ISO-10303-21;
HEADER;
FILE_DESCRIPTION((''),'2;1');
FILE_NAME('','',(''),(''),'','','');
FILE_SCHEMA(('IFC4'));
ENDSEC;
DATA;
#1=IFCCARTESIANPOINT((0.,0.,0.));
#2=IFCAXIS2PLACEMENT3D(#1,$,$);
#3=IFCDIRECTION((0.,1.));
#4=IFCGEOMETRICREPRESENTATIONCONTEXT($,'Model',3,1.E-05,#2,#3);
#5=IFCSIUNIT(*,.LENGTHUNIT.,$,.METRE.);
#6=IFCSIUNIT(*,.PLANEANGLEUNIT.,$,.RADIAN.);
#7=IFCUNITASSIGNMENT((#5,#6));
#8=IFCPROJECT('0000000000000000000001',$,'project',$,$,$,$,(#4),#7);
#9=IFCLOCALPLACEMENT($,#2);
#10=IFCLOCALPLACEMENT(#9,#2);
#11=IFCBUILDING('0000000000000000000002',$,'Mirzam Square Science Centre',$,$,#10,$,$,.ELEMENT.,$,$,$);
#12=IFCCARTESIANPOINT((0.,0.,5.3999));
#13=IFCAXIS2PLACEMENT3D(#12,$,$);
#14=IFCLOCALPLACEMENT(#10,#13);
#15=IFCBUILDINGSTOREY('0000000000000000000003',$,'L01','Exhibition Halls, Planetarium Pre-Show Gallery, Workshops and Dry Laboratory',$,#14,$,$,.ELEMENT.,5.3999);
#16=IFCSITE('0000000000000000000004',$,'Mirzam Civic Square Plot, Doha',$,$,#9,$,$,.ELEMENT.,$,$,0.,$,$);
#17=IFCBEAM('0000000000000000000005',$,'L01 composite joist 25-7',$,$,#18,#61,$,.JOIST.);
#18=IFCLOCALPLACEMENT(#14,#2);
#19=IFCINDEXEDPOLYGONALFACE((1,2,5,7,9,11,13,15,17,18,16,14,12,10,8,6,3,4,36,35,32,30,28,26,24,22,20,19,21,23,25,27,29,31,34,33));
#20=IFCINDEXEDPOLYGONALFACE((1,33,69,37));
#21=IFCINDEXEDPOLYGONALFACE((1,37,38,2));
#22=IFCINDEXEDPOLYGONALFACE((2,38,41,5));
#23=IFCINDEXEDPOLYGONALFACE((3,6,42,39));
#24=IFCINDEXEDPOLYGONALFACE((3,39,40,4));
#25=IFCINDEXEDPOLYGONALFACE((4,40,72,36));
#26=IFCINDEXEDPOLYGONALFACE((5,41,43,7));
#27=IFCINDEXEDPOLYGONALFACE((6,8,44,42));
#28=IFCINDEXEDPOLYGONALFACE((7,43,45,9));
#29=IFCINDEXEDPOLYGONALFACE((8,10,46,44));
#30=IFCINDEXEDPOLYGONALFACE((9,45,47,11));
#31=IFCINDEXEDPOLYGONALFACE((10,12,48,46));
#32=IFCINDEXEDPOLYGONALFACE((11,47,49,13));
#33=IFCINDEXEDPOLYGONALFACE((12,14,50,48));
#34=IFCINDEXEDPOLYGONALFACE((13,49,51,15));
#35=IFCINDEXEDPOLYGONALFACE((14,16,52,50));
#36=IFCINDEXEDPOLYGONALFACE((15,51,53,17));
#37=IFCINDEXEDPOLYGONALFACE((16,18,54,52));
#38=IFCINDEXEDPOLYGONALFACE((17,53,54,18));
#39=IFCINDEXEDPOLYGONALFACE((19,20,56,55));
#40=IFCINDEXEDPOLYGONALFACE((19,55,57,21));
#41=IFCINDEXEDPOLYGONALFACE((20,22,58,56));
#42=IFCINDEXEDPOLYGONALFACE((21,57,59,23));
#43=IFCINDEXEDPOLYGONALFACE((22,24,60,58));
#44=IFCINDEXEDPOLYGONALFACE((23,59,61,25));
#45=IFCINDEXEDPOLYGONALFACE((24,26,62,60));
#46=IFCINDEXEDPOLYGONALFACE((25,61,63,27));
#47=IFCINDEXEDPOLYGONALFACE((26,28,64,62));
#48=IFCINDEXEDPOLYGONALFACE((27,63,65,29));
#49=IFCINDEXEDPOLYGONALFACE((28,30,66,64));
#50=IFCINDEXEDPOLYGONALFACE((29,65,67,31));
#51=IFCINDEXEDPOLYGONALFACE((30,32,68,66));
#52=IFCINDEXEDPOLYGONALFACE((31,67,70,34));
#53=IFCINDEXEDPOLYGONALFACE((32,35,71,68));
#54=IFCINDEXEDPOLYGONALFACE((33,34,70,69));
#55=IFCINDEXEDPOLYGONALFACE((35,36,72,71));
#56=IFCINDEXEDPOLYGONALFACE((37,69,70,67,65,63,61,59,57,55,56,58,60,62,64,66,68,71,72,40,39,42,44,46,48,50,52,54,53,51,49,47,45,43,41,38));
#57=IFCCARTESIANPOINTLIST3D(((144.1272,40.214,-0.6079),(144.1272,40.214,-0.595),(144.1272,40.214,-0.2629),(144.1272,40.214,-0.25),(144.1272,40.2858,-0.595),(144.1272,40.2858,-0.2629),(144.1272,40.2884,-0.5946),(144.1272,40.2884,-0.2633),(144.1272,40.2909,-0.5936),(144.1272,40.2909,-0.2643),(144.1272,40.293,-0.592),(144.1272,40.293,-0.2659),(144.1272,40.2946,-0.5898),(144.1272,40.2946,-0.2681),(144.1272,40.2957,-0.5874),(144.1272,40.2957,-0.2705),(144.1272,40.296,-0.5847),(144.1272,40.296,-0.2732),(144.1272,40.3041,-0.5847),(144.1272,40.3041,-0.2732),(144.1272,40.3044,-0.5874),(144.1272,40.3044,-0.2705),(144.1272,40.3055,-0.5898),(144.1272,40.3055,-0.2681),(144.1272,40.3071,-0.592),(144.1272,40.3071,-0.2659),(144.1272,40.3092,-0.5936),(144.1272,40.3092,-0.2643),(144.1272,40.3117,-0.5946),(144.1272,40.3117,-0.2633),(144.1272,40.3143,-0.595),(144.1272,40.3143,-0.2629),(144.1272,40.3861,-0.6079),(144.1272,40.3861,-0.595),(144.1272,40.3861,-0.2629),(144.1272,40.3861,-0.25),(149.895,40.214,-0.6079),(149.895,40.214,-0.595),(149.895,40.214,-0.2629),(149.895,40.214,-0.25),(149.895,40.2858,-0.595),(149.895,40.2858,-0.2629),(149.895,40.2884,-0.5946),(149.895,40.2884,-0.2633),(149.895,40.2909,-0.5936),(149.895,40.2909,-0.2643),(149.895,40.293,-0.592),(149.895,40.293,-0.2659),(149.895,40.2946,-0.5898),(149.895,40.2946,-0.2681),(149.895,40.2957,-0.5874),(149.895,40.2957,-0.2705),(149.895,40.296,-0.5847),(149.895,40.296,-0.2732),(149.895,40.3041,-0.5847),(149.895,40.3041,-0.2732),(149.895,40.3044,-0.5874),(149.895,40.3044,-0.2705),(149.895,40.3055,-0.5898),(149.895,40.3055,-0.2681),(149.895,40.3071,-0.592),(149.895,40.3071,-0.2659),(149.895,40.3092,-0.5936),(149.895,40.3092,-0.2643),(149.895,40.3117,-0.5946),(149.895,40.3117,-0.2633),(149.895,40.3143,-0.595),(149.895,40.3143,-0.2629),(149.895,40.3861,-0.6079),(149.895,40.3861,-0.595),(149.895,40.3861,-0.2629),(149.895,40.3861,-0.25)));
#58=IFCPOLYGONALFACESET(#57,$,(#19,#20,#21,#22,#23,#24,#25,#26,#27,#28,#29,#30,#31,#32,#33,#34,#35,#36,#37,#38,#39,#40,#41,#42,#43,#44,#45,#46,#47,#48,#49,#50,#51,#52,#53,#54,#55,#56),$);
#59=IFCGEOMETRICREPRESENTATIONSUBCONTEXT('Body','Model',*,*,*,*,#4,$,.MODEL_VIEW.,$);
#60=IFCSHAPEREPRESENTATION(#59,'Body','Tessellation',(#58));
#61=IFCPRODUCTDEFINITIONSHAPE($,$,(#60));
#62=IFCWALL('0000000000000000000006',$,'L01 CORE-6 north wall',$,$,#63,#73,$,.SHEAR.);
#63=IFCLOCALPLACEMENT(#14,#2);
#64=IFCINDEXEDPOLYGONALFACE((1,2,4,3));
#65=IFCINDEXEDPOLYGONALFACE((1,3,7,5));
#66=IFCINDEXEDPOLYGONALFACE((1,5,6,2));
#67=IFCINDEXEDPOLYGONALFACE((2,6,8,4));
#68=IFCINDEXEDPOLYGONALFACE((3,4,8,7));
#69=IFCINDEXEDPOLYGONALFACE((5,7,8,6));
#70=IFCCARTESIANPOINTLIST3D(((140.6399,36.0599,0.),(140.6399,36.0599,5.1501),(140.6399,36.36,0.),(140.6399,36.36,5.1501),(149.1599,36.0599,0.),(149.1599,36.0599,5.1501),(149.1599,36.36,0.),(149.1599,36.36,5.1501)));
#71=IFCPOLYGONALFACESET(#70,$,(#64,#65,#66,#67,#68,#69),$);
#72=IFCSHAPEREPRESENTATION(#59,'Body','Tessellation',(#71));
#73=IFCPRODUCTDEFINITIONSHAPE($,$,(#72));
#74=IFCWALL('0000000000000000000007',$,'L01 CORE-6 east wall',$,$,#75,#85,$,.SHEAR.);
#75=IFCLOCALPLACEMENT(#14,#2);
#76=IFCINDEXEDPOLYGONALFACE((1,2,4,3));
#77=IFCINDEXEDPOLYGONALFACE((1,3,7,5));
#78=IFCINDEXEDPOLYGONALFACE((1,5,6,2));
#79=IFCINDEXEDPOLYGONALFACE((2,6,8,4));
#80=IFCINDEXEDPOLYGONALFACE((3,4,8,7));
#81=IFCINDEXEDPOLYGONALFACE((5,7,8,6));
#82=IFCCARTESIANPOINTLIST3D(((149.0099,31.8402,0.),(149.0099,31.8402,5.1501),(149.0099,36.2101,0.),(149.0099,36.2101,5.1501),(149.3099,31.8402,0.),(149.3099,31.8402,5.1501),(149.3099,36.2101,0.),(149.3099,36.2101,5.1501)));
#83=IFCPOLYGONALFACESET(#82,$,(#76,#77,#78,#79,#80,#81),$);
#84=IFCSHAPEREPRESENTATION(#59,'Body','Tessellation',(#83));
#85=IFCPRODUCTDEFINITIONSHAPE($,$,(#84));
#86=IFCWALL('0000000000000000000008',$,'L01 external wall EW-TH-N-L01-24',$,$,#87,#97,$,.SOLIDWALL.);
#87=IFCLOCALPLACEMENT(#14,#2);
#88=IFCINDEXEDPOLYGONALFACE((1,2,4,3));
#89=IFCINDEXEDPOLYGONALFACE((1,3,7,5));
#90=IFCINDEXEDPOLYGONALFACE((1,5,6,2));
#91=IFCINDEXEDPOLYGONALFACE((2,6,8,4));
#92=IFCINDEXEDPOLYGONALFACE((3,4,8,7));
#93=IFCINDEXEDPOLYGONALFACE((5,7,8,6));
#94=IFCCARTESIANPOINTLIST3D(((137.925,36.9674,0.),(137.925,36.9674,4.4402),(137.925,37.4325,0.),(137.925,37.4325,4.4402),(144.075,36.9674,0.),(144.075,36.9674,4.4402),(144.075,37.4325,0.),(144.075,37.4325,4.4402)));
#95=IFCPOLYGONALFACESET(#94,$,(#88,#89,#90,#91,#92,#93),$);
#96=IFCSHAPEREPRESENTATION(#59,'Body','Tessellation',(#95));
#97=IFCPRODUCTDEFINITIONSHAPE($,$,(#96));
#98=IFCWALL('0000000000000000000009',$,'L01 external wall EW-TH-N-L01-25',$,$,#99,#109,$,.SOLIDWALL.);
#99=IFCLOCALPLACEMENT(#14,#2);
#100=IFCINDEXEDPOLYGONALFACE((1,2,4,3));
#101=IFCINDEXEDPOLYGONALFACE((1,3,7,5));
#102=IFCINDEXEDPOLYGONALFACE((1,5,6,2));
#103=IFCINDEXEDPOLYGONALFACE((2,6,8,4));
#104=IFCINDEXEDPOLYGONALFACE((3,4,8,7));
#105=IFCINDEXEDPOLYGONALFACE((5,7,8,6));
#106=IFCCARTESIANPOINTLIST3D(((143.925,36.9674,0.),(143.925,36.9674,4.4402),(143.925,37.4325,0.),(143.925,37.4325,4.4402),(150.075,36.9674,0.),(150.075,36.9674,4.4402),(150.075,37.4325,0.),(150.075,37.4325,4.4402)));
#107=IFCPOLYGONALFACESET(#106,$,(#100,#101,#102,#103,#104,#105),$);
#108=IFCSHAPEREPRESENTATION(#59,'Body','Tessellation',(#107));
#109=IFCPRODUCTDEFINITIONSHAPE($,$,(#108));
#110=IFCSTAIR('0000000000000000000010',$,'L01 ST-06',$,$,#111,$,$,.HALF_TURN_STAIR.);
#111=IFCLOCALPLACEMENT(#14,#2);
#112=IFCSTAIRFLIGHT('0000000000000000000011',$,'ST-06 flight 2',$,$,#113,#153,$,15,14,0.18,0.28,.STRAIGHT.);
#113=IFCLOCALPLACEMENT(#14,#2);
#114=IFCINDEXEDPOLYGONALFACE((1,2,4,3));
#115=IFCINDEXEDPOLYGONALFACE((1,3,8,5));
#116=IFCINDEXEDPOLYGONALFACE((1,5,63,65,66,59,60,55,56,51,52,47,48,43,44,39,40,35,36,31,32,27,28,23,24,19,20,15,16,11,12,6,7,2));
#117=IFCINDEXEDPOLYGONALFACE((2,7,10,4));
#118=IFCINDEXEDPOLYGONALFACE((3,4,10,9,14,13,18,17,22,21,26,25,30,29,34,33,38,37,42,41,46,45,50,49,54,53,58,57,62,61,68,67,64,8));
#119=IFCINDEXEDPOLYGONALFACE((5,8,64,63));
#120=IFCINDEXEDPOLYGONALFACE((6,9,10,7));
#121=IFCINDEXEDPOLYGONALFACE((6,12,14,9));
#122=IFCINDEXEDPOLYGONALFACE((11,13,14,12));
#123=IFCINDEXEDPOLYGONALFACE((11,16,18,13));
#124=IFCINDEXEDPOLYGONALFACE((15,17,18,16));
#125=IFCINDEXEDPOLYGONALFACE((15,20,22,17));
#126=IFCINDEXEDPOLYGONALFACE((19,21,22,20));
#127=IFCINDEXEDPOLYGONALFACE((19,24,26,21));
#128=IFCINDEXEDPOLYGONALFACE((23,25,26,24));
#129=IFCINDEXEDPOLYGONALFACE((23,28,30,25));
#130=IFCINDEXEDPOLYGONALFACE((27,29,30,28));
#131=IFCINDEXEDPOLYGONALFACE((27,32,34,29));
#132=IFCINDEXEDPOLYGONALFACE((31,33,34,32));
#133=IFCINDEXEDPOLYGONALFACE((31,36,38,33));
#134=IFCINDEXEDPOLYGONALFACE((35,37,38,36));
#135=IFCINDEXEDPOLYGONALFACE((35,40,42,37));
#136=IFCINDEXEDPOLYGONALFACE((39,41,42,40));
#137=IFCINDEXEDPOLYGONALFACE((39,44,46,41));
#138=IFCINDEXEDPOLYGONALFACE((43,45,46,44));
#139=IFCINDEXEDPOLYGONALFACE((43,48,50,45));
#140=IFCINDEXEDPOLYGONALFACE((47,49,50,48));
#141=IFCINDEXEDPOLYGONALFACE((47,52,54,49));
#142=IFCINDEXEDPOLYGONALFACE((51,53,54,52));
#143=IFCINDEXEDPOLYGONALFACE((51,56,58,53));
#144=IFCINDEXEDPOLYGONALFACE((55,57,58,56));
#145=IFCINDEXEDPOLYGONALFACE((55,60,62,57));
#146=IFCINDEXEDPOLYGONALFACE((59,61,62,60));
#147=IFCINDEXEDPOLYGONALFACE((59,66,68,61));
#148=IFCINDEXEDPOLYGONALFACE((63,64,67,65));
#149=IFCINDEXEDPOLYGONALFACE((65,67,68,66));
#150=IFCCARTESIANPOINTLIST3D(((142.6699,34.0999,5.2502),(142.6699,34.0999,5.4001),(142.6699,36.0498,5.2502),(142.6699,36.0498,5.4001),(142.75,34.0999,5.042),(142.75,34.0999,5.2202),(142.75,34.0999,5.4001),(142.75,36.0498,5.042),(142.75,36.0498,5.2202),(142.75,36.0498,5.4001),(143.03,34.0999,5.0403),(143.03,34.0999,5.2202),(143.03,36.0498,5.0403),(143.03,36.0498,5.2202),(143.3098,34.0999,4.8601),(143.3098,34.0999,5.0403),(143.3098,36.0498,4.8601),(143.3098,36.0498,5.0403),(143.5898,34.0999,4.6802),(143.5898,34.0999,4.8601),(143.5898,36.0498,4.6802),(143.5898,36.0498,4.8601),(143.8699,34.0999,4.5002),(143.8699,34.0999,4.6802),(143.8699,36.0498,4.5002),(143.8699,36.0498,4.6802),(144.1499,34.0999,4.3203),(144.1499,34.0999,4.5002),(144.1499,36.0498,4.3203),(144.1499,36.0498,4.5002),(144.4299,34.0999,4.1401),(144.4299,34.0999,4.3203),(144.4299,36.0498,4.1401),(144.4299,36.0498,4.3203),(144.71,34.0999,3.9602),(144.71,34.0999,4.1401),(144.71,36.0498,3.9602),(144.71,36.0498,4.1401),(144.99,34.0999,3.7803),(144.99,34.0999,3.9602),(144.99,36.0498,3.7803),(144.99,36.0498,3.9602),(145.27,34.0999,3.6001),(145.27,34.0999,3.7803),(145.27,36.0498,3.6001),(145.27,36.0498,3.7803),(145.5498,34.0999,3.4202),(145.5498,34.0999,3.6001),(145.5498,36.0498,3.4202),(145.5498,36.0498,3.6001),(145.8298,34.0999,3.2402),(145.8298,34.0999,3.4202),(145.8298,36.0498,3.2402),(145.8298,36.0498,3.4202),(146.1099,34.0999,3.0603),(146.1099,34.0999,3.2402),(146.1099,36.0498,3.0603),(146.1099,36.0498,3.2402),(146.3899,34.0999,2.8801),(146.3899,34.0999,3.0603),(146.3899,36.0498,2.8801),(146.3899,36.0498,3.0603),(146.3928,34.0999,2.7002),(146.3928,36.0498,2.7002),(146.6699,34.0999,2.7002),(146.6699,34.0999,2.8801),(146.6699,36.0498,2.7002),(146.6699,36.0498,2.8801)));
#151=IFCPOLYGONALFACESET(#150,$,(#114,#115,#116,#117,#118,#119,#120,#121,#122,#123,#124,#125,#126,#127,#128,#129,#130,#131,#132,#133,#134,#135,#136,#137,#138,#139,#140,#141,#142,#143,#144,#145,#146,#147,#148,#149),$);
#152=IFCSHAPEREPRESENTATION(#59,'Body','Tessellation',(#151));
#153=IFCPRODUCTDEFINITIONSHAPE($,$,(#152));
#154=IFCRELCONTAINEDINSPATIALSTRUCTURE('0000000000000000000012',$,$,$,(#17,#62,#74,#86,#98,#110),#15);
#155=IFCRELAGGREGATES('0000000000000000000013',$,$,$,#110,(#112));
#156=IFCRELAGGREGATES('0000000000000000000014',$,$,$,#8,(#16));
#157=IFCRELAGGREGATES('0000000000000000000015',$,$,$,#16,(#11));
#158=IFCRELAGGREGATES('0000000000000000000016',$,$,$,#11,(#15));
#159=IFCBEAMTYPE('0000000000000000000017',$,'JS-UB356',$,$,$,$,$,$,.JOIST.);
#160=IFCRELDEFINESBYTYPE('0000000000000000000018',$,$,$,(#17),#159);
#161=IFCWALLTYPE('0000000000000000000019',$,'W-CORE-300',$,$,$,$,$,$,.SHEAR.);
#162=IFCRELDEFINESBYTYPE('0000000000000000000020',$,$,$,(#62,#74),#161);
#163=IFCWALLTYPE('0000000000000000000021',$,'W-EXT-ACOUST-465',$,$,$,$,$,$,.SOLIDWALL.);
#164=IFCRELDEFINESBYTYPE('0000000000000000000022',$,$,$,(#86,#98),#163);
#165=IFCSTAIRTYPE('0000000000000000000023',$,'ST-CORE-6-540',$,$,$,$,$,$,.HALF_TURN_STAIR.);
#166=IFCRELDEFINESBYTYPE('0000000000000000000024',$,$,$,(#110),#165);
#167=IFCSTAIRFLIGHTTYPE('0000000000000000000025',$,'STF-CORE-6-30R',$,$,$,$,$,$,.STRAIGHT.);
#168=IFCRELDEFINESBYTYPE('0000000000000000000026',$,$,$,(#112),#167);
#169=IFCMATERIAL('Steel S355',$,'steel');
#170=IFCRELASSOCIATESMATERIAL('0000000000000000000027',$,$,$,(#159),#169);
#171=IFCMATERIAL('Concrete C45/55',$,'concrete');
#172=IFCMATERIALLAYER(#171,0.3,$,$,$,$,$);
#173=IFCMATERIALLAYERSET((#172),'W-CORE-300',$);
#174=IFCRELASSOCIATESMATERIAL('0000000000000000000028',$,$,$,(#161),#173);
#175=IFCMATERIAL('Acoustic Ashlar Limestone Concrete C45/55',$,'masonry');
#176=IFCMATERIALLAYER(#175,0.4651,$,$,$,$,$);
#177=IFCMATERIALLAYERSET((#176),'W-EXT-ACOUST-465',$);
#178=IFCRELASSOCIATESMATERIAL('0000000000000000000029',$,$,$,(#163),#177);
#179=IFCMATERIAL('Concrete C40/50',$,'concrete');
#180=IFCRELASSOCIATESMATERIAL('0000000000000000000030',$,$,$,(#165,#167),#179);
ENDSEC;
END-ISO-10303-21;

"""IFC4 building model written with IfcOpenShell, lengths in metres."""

from ifc_helpers import new_model, si_unit, direction, frame, frame_2d, origin, origin_2d, place, context, subcontext, project, spatial, polyline, rectangle, i_section, outline, extrude, material, layer, layer_set, material_profile, profile_set, type_object, element, aggregate, save


model = new_model("IFC4")

# Units and contexts
model_context = context("Model", 3, precision=1e-05, world=origin(), true_north=direction((0.0, 1.0)))
body_context = subcontext(model_context, "Body", "Model", "MODEL_VIEW")
ifc_project = project(units=[si_unit("LENGTHUNIT", "METRE"), si_unit("PLANEANGLEUNIT", "RADIAN")], contexts=[model_context])

# Site, building, storey
site_placement = place(None, origin())
site = spatial("IfcSite", under=ifc_project, at=site_placement, Name="Mirzam Civic Square Plot, Doha", CompositionType="ELEMENT", RefElevation=0.0)
building_placement = place(site_placement, origin())
building = spatial("IfcBuilding", under=site, at=building_placement, Name="Mirzam Square Science Centre", CompositionType="ELEMENT")
storey_placement = place(building_placement, frame((0.0, 0.0, 5.3999)))
storey = spatial("IfcBuildingStorey", under=building, at=storey_placement, Name="L01", Description="Exhibition Halls, Planetarium Pre-Show Gallery, Workshops and Dry Laboratory", CompositionType="ELEMENT", Elevation=5.3999)

# Shared definitions
ifc_material_1 = material(Name="Steel S355", Category="steel")

# Beam
ifc_material_profile_1 = material_profile(ifc_material_1, i_section(OverallWidth=0.1721, OverallDepth=0.3579, WebThickness=0.0081, FlangeThickness=0.0129, FilletRadius=0.0103, at=origin_2d()), Name="356x171x57UB")
ifc_profile_set_1 = profile_set([ifc_material_profile_1], Name="Steel S355")
beam_type_1 = type_object("IfcBeamType", Name="JS-UB356", PredefinedType="JOIST", material=ifc_profile_set_1)
beam_1_placement = place(storey_placement, frame((144.1272, 40.3, -0.429), z_axis=(1.0, 0.0, 0.0), x_axis=(0.0, 1.0, 0.0)))
element("IfcBeam", 1, at=beam_1_placement, inside=storey, type_object=beam_type_1, Name="L01 composite joist 25-7", PredefinedType="JOIST", context=body_context, shape_type="SweptSolid", body=[
    extrude(i_section(OverallWidth=0.1721, OverallDepth=0.3579, WebThickness=0.0081, FlangeThickness=0.0129, FilletRadius=0.0103, at=origin_2d()), origin(), (0.0, 0.0, 1.0), 5.7678),
])

# Walls
ifc_material_2 = material(Name="Concrete C45/55", Category="concrete")
ifc_layer_1 = layer(ifc_material_2, 0.3)
ifc_layer_set_1 = layer_set([ifc_layer_1], Name="W-CORE-300")
wall_type_1 = type_object("IfcWallType", Name="W-CORE-300", PredefinedType="SHEAR", material=ifc_layer_set_1)
wall_1_placement = place(storey_placement, frame((149.1599, 36.21, 0.0), z_axis=(0.0, 0.0, 1.0), x_axis=(-1.0, 0.0, 0.0)))
element("IfcWall", 2, at=wall_1_placement, inside=storey, type_object=wall_type_1, Name="L01 CORE-6 north wall", PredefinedType="SHEAR", context=body_context, shape_type="SweptSolid", body=[
    extrude(rectangle(XDim=8.52, YDim=0.3, at=frame_2d((4.26, 0.0))), origin(), (0.0, 0.0, 1.0), 5.1501),
])
wall_2_placement = place(storey_placement, frame((149.1599, 31.8401, 0.0), z_axis=(0.0, 0.0, 1.0), x_axis=(0.0, 1.0, 0.0)))
element("IfcWall", 3, at=wall_2_placement, inside=storey, type_object=wall_type_1, Name="L01 CORE-6 east wall", PredefinedType="SHEAR", context=body_context, shape_type="SweptSolid", body=[
    extrude(rectangle(XDim=4.3699, YDim=0.3, at=frame_2d((2.1851, 0.0))), origin(), (0.0, 0.0, 1.0), 5.1501),
])
ifc_material_3 = material(Name="Acoustic Ashlar Limestone Concrete C45/55", Category="masonry")
ifc_layer_2 = layer(ifc_material_3, 0.4651)
ifc_layer_set_2 = layer_set([ifc_layer_2], Name="W-EXT-ACOUST-465")
wall_type_2 = type_object("IfcWallType", Name="W-EXT-ACOUST-465", PredefinedType="SOLIDWALL", material=ifc_layer_set_2)
for number, where, z_axis, x_axis, name in (
    (4, (144.075, 37.2, 0.0), (0.0, 0.0, 1.0), (-1.0, 0.0, 0.0), "L01 external wall EW-TH-N-L01-24"),
    (5, (150.075, 37.2, 0.0), (0.0, 0.0, 1.0), (-1.0, 0.0, 0.0), "L01 external wall EW-TH-N-L01-25"),
):
    element("IfcWall", number, at=place(storey_placement, frame(where, z_axis=z_axis, x_axis=x_axis)), inside=storey, type_object=wall_type_2, Name=name, PredefinedType="SOLIDWALL", context=body_context, shape_type="SweptSolid", body=[
        extrude(rectangle(XDim=6.1499, YDim=0.4651, at=frame_2d((3.075, 0.0))), origin(), (0.0, 0.0, 1.0), 4.4402),
    ])

# Stair, stair flight
ifc_material_4 = material(Name="Concrete C40/50", Category="concrete")
stair_type = type_object("IfcStairType", Name="ST-CORE-6-540", PredefinedType="HALF_TURN_STAIR", material=ifc_material_4)
stair_placement = place(storey_placement, origin())
stair = element("IfcStair", 6, at=stair_placement, inside=storey, type_object=stair_type, Name="L01 ST-06", PredefinedType="HALF_TURN_STAIR")
stair_flight_type = type_object("IfcStairFlightType", Name="STF-CORE-6-30R", PredefinedType="STRAIGHT", material=ifc_material_4)
stair_flight_placement = place(storey_placement, frame((146.6699, 35.075, 2.7002), z_axis=(0.0, 0.0, 1.0), x_axis=(-1.0, 0.0, 0.0)))
stair_flight = element("IfcStairFlight", 7, at=stair_flight_placement, type_object=stair_flight_type, Name="ST-06 flight 2", NumberOfRisers=15, NumberOfTreads=14, PredefinedType="STRAIGHT", RiserHeight=0.18, TreadLength=0.28, context=body_context, shape_type="SweptSolid", body=[
    extrude(outline(polyline([(0.0, 0.0), (0.0, 0.1799), (0.28, 0.1799), (0.28, 0.3601), (0.5601, 0.3601), (0.5601, 0.54), (0.8401, 0.54), (0.8401, 0.72), (1.1201, 0.72), (1.1201, 0.8999), (1.3999, 0.8999), (1.3999, 1.0801), (1.6799, 1.0801), (1.6799, 1.26), (1.96, 1.26), (1.96, 1.4399), (2.24, 1.4399), (2.24, 1.6201), (2.52, 1.6201), (2.52, 1.8), (2.8, 1.8), (2.8, 1.98), (3.0801, 1.98), (3.0801, 2.1599), (3.3601, 2.1599), (3.3601, 2.3401), (3.6399, 2.3401), (3.6399, 2.52), (3.9199, 2.52), (3.9199, 2.7), (4.0, 2.7), (4.0, 2.55), (3.9199, 2.3418), (0.2771, 0.0), (0.0, 0.0)])), frame((0.0, 0.9751, 0.0), z_axis=(0.0, -1.0, 0.0), x_axis=(1.0, 0.0, 0.0)), (0.0, 0.0, 1.0), 1.95),
])
aggregate(stair, [stair_flight])

save(model, "model.ifc")
